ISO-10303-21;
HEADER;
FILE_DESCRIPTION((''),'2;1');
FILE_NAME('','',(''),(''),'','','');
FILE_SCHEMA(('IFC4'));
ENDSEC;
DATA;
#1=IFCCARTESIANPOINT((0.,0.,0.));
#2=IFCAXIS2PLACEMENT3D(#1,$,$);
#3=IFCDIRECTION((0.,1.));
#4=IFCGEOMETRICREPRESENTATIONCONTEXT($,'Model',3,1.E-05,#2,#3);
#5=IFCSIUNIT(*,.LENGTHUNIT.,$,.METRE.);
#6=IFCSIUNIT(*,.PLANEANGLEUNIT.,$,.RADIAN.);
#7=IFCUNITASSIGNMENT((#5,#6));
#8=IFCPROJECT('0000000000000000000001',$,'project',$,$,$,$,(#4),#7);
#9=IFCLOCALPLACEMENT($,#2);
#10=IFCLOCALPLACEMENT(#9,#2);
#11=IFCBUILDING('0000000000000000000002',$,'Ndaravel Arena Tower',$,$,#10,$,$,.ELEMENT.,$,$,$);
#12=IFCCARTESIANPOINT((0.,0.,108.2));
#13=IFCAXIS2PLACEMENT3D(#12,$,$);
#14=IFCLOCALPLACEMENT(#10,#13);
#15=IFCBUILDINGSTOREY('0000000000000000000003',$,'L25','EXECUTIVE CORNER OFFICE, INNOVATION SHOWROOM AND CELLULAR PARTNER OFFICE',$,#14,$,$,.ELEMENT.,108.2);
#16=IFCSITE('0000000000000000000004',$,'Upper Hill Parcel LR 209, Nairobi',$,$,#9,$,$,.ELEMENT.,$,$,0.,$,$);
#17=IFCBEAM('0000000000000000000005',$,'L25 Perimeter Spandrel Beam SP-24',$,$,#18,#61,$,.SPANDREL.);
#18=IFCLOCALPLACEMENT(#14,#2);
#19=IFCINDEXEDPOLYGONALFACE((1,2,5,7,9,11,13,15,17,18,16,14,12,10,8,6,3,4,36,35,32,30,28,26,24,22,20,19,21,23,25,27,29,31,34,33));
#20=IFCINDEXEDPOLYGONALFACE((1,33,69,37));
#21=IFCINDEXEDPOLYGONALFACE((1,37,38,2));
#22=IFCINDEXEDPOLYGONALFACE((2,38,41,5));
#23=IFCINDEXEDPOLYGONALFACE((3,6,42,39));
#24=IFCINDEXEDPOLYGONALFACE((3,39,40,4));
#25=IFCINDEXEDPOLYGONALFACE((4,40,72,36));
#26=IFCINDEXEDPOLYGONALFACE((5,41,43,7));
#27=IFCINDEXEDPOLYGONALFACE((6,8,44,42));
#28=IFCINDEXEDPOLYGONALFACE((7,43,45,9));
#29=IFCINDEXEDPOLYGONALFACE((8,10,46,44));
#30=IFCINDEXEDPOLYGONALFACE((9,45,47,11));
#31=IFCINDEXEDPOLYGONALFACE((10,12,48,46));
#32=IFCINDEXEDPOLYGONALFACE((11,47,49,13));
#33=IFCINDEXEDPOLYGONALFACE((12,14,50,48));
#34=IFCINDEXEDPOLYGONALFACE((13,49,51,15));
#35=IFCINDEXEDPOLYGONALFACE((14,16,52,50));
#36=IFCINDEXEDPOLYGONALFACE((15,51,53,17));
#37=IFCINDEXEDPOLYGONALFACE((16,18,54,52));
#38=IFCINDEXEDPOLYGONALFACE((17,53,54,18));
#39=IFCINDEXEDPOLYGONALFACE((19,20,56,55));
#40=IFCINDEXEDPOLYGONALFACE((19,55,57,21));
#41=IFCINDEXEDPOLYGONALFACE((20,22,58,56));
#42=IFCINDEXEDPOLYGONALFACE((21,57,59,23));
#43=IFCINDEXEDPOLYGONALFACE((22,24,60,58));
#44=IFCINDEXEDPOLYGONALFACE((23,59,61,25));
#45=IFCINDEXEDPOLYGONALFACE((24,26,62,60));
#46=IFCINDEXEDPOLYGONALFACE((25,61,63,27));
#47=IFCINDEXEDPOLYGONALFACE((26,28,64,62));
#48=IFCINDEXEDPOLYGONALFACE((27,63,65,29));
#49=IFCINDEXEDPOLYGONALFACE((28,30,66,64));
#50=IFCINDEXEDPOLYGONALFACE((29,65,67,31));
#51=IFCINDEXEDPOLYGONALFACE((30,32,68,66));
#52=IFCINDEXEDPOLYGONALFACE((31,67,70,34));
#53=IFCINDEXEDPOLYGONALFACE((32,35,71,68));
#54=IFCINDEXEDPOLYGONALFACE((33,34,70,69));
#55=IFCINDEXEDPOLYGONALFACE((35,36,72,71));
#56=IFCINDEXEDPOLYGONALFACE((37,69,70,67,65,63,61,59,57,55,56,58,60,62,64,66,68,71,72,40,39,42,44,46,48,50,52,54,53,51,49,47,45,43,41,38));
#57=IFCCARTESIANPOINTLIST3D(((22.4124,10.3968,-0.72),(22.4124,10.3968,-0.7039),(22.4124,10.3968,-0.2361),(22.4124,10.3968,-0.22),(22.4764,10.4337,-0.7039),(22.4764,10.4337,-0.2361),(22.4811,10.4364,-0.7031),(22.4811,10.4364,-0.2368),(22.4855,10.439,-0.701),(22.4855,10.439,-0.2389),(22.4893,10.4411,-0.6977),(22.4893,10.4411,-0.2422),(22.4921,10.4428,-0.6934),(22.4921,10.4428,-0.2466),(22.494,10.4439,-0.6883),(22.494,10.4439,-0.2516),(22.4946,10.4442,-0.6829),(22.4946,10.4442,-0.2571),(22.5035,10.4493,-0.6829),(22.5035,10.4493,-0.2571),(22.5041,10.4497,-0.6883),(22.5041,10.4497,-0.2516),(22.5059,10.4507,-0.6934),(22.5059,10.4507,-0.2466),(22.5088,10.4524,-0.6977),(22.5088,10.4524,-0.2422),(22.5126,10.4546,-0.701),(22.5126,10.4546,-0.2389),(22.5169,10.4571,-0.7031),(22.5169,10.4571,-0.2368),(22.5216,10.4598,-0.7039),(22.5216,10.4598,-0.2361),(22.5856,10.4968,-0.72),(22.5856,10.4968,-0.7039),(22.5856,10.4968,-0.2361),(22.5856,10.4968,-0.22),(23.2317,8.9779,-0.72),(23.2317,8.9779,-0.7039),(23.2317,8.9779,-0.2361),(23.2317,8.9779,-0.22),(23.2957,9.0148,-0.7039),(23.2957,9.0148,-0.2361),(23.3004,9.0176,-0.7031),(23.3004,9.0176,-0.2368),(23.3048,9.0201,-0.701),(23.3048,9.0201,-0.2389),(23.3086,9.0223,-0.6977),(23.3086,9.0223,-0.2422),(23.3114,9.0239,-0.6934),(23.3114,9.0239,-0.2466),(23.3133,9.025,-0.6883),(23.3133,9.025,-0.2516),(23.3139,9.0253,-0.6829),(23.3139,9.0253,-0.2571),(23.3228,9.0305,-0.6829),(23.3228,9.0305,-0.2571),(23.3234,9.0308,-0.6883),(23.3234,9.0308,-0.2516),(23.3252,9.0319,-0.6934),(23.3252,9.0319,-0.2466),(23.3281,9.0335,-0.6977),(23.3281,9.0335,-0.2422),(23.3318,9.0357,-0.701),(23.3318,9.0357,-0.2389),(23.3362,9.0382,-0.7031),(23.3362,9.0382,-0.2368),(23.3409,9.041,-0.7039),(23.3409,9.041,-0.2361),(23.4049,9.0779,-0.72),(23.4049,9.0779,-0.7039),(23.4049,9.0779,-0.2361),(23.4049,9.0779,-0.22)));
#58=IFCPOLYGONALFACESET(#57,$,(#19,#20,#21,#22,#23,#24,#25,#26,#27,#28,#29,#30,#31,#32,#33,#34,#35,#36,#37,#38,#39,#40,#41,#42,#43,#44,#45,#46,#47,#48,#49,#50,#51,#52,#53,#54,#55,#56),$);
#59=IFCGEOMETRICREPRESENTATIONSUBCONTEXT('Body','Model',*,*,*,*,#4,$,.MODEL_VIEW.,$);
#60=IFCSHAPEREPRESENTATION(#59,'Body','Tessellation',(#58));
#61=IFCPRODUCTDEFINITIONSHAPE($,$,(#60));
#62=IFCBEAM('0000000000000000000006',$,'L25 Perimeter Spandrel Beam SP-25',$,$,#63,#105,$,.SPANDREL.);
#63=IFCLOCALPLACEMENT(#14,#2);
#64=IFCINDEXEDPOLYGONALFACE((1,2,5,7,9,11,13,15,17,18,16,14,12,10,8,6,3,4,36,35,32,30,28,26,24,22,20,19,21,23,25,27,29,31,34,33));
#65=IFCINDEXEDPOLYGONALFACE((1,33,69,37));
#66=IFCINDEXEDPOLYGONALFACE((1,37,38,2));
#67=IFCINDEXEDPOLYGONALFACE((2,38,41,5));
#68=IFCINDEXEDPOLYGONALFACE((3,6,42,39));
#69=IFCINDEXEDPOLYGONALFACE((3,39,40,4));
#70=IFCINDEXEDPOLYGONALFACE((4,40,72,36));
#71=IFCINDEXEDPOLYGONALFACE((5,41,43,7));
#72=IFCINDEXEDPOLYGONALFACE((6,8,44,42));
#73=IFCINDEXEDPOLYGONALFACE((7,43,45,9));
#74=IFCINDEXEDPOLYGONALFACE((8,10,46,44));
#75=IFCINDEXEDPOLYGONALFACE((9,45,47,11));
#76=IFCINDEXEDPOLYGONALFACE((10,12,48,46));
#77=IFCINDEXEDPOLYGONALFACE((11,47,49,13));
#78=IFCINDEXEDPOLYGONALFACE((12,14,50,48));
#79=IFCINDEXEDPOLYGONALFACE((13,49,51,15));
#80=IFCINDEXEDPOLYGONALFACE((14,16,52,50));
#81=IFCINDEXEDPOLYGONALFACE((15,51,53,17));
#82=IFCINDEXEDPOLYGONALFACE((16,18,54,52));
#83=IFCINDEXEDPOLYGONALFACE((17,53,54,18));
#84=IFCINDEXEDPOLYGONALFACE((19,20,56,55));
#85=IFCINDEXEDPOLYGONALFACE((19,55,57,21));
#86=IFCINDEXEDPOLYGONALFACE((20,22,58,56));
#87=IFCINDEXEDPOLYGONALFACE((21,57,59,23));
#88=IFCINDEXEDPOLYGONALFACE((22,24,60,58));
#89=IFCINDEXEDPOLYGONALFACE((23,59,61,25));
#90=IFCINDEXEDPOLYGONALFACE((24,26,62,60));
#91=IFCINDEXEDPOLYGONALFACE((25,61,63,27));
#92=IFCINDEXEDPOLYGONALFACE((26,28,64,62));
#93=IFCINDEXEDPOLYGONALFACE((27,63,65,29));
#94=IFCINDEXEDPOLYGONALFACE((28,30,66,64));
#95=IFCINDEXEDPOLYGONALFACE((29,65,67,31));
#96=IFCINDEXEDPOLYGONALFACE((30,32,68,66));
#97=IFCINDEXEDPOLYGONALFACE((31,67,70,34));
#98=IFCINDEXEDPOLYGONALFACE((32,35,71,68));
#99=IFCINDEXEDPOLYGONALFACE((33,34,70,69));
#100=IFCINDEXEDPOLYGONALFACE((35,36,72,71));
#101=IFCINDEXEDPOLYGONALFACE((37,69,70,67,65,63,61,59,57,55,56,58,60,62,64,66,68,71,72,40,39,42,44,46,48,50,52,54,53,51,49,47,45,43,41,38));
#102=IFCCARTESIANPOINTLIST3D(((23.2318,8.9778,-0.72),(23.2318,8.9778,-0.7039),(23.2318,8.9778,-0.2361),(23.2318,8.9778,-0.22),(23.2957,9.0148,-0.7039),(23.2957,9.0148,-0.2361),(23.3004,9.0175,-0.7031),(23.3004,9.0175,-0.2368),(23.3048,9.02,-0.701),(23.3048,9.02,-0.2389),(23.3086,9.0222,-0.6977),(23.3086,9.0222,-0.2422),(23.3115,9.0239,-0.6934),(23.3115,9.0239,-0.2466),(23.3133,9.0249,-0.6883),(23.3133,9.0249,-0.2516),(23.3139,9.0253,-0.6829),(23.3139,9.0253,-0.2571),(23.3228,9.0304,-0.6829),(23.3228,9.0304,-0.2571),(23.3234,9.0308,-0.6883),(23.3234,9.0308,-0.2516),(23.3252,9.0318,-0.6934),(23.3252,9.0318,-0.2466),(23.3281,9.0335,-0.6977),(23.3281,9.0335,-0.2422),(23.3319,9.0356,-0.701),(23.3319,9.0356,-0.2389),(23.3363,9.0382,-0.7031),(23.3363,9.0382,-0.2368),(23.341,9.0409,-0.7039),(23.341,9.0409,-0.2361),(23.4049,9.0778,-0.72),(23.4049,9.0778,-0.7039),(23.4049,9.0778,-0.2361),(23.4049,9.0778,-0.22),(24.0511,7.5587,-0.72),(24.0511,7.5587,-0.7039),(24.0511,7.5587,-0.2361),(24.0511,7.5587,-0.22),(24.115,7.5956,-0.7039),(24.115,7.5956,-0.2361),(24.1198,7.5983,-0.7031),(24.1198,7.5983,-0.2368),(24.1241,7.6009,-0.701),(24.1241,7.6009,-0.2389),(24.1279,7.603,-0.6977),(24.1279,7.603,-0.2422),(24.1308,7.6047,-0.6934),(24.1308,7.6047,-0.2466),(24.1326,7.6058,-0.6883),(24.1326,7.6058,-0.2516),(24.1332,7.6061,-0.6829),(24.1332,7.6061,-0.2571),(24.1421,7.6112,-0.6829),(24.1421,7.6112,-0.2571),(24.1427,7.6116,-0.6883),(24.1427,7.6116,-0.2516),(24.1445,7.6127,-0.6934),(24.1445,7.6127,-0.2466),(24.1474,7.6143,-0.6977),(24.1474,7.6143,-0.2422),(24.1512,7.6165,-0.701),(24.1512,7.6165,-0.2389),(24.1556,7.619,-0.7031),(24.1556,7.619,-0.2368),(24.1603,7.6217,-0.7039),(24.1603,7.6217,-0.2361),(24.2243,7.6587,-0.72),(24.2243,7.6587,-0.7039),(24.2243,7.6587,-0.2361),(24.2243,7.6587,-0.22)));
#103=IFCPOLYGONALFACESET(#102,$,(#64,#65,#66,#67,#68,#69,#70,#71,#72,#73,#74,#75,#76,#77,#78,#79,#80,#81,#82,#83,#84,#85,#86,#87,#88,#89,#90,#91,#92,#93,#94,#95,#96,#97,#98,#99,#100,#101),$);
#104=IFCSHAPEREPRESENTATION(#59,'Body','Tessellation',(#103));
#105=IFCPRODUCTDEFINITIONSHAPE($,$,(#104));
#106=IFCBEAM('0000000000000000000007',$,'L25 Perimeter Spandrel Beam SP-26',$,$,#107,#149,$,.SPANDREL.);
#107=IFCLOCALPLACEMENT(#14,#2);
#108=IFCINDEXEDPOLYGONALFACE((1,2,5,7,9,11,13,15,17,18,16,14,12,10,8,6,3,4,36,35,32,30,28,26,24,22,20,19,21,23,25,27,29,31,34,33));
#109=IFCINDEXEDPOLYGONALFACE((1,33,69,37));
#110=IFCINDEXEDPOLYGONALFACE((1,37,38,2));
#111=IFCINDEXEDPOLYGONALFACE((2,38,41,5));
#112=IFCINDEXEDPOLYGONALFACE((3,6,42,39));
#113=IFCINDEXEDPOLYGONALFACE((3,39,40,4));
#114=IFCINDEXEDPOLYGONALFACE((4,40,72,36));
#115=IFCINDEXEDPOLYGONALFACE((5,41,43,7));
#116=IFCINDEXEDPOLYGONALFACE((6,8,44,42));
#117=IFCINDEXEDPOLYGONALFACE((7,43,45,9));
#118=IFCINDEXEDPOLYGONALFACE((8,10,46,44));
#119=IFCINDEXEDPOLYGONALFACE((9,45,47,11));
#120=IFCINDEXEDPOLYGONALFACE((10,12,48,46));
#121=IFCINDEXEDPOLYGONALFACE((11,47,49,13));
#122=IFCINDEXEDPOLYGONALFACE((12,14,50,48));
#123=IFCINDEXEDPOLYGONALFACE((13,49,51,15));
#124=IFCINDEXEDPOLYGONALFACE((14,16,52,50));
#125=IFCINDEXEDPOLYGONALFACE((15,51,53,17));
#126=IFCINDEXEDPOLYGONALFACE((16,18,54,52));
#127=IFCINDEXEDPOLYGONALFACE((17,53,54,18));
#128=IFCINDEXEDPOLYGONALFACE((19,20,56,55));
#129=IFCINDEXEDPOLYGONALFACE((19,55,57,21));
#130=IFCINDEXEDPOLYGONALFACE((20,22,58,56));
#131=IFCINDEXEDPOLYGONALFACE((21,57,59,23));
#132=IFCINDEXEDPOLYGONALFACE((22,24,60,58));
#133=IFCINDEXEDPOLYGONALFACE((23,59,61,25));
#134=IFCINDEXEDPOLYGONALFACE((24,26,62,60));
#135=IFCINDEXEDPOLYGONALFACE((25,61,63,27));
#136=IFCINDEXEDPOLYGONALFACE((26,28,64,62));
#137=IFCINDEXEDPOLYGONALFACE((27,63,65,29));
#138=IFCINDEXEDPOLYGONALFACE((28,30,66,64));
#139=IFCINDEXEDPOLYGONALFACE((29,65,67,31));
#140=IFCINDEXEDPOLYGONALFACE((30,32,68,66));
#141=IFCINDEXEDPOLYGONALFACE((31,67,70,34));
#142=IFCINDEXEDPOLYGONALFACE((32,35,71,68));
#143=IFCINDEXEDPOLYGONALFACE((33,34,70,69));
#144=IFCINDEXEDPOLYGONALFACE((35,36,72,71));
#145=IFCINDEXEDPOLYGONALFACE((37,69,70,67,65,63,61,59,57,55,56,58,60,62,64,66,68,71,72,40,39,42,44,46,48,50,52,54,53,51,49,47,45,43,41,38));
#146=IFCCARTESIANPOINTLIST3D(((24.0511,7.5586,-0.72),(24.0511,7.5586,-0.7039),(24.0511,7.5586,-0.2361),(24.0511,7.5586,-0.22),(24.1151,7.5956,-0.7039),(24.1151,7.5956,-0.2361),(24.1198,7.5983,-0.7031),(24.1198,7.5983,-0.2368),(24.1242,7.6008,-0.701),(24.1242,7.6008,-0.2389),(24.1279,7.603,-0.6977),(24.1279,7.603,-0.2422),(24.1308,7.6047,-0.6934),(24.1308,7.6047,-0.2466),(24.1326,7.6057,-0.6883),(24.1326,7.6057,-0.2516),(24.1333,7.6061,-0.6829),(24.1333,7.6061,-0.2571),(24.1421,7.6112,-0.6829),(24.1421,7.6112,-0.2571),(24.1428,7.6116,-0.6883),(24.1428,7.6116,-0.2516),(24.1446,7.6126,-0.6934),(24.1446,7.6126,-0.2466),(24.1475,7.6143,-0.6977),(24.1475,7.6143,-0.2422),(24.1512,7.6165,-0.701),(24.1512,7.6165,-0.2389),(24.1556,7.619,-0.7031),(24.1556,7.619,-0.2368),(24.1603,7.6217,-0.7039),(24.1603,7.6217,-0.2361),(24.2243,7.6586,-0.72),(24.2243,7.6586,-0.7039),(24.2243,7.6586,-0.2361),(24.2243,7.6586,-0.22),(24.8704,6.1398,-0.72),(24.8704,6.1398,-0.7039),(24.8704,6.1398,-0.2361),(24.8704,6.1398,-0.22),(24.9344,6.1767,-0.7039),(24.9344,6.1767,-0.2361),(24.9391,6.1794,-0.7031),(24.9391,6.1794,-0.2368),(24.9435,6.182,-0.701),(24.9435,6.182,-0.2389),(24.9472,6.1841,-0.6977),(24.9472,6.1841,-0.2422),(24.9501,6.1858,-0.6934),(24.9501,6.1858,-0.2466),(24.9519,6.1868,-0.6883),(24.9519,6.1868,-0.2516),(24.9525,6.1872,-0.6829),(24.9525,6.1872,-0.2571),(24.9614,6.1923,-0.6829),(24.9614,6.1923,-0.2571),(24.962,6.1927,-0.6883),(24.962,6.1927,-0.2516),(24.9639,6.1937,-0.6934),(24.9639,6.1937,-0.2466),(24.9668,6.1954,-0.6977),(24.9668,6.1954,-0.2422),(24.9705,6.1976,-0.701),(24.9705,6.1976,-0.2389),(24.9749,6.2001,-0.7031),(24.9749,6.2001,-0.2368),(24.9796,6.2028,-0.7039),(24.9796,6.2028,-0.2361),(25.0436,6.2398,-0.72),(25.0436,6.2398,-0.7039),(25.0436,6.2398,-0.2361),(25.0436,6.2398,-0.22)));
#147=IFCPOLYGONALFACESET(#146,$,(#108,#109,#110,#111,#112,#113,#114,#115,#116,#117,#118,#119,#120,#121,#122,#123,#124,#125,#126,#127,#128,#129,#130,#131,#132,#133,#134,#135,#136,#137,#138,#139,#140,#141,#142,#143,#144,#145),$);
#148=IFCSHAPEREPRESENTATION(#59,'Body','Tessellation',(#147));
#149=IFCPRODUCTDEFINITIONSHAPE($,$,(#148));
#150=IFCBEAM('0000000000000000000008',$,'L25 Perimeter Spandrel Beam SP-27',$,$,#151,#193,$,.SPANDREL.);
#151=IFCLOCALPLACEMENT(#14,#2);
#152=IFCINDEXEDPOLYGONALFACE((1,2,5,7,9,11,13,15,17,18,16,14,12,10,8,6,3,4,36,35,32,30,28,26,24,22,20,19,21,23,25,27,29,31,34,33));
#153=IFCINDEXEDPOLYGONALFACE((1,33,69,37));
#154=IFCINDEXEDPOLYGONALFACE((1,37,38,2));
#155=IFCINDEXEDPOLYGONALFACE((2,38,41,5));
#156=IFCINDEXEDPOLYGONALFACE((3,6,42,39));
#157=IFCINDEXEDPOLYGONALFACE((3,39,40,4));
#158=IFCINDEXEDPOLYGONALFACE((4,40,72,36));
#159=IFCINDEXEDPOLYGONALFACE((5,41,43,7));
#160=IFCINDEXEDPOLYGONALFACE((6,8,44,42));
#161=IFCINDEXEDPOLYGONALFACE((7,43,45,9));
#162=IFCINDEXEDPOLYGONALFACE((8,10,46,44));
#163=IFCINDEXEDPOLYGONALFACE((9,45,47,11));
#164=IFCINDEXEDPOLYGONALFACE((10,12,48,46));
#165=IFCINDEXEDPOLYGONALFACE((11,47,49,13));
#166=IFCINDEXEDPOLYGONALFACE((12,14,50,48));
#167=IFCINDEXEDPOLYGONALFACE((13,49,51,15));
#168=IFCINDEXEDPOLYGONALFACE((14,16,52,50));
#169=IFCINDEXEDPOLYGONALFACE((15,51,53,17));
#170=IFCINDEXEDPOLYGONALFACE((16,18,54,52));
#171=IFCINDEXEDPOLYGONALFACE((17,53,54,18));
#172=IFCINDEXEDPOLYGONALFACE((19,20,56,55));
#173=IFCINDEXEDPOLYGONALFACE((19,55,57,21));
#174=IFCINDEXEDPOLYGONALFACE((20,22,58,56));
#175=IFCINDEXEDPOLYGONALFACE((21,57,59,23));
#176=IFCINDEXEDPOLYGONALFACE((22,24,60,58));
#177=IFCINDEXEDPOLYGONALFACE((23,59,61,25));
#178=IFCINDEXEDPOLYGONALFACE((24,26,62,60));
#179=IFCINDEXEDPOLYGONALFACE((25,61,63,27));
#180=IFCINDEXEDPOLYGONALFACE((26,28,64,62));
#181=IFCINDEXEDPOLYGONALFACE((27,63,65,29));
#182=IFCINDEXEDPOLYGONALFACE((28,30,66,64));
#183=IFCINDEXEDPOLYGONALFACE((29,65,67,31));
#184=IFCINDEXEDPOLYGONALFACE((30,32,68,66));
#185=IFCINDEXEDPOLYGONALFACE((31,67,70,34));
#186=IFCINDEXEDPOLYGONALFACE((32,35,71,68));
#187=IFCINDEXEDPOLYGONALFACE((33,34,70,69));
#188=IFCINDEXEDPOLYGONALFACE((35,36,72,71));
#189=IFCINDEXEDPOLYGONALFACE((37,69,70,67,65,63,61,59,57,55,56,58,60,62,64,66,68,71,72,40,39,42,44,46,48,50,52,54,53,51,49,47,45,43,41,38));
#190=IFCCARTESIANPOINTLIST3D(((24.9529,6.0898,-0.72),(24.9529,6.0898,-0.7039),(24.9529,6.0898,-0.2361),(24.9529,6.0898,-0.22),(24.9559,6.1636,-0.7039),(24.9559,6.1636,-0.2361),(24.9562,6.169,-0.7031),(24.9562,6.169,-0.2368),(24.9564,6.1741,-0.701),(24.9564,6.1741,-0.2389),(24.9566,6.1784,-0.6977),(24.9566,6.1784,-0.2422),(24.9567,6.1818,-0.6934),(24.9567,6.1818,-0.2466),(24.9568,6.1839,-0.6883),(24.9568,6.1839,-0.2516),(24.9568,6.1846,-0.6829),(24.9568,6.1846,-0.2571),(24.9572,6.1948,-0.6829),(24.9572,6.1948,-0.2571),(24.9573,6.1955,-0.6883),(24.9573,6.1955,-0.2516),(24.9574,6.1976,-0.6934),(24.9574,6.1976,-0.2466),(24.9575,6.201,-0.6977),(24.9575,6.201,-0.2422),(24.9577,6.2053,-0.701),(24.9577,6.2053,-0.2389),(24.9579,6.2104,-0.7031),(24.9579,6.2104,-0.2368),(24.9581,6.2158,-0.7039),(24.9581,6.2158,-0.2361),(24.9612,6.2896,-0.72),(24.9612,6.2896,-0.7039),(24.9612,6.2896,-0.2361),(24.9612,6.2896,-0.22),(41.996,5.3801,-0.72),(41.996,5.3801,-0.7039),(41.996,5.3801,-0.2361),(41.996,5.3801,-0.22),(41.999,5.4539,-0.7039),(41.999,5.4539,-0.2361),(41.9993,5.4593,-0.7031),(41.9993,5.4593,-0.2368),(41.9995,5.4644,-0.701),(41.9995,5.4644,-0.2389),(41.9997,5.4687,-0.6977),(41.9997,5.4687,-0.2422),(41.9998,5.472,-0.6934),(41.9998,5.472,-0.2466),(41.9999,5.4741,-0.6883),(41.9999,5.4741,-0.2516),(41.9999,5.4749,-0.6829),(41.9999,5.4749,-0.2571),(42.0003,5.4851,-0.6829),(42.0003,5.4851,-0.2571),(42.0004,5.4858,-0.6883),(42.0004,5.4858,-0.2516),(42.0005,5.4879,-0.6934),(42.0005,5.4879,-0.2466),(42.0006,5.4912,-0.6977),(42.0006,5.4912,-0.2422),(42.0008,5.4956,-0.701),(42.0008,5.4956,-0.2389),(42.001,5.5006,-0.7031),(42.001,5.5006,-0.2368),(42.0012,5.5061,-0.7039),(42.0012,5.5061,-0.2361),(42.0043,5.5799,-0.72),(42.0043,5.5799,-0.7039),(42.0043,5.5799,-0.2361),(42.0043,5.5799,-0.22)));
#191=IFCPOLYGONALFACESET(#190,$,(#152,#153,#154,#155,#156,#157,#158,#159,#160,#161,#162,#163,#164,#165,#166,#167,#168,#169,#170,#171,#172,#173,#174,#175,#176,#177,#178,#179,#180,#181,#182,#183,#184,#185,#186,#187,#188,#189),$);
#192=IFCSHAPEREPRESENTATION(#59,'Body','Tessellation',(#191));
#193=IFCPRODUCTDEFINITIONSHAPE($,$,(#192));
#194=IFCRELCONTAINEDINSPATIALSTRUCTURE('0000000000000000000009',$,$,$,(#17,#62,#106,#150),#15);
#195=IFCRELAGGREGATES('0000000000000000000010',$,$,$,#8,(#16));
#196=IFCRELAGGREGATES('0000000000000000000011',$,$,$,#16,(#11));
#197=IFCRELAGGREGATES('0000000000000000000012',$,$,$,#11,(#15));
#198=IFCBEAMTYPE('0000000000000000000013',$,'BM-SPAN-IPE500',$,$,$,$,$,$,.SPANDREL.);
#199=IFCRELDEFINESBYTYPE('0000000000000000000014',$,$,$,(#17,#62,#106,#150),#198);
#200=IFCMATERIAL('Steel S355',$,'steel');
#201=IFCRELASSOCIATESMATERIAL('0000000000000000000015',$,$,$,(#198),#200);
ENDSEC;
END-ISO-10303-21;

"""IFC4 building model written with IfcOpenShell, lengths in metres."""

from ifc_helpers import new_model, si_unit, direction, frame, origin, origin_2d, place, context, subcontext, project, spatial, i_section, extrude, material, material_profile, profile_set, type_object, element, save


model = new_model("IFC4")

# Units and contexts
model_context = context("Model", 3, precision=1e-05, world=origin(), true_north=direction((0.0, 1.0)))
body_context = subcontext(model_context, "Body", "Model", "MODEL_VIEW")
ifc_project = project(units=[si_unit("LENGTHUNIT", "METRE"), si_unit("PLANEANGLEUNIT", "RADIAN")], contexts=[model_context])

# Site, building, storey
site_placement = place(None, origin())
site = spatial("IfcSite", under=ifc_project, at=site_placement, Name="Upper Hill Parcel LR 209, Nairobi", CompositionType="ELEMENT", RefElevation=0.0)
building_placement = place(site_placement, origin())
building = spatial("IfcBuilding", under=site, at=building_placement, Name="Ndaravel Arena Tower", CompositionType="ELEMENT")
storey_placement = place(building_placement, frame((0.0, 0.0, 108.2)))
storey = spatial("IfcBuildingStorey", under=building, at=storey_placement, Name="L25", Description="EXECUTIVE CORNER OFFICE, INNOVATION SHOWROOM AND CELLULAR PARTNER OFFICE", CompositionType="ELEMENT", Elevation=108.2)

# Beams
ifc_material_1 = material(Name="Steel S355", Category="steel")
ifc_material_profile_1 = material_profile(ifc_material_1, i_section(OverallWidth=0.2, OverallDepth=0.5, WebThickness=0.0103, FlangeThickness=0.0161, FilletRadius=0.021, at=origin_2d()), Name="IPE 500")
ifc_profile_set_1 = profile_set([ifc_material_profile_1], Name="Steel S355")
beam_type = type_object("IfcBeamType", Name="BM-SPAN-IPE500", PredefinedType="SPANDREL", material=ifc_profile_set_1)
beam_1_placement = place(storey_placement, frame((22.499, 10.4468, -0.47), z_axis=(0.500049, -0.865997, 0.0), x_axis=(0.865997, 0.500049, 0.0)))
element("IfcBeam", 1, at=beam_1_placement, inside=storey, type_object=beam_type, Name="L25 Perimeter Spandrel Beam SP-24", PredefinedType="SPANDREL", context=body_context, shape_type="SweptSolid", body=[
    extrude(i_section(OverallWidth=0.2, OverallDepth=0.5, WebThickness=0.0103, FlangeThickness=0.0161, FilletRadius=0.021, at=origin_2d()), origin(), (0.0, 0.0, 1.0), 1.6384),
])
beam_2_placement = place(storey_placement, frame((23.3184, 9.0278, -0.47), z_axis=(0.499985, -0.866034, 0.0), x_axis=(0.866034, 0.499985, 0.0)))
element("IfcBeam", 2, at=beam_2_placement, inside=storey, type_object=beam_type, Name="L25 Perimeter Spandrel Beam SP-25", PredefinedType="SPANDREL", context=body_context, shape_type="SweptSolid", body=[
    extrude(i_section(OverallWidth=0.2, OverallDepth=0.5, WebThickness=0.0103, FlangeThickness=0.0161, FilletRadius=0.021, at=origin_2d()), origin(), (0.0, 0.0, 1.0), 1.6387),
])
beam_3_placement = place(storey_placement, frame((24.1377, 7.6086, -0.47), z_axis=(0.500049, -0.865997, 0.0), x_axis=(0.865997, 0.500049, 0.0)))
element("IfcBeam", 3, at=beam_3_placement, inside=storey, type_object=beam_type, Name="L25 Perimeter Spandrel Beam SP-26", PredefinedType="SPANDREL", context=body_context, shape_type="SweptSolid", body=[
    extrude(i_section(OverallWidth=0.2, OverallDepth=0.5, WebThickness=0.0103, FlangeThickness=0.0161, FilletRadius=0.021, at=origin_2d()), origin(), (0.0, 0.0, 1.0), 1.6384),
])
beam_4_placement = place(storey_placement, frame((24.957, 6.1897, -0.47), z_axis=(0.999134, -0.041607, 0.0), x_axis=(0.041607, 0.999134, 0.0)))
element("IfcBeam", 4, at=beam_4_placement, inside=storey, type_object=beam_type, Name="L25 Perimeter Spandrel Beam SP-27", PredefinedType="SPANDREL", context=body_context, shape_type="SweptSolid", body=[
    extrude(i_section(OverallWidth=0.2, OverallDepth=0.5, WebThickness=0.0103, FlangeThickness=0.0161, FilletRadius=0.021, at=origin_2d()), origin(), (0.0, 0.0, 1.0), 17.0579),
])

save(model, "model.ifc")
